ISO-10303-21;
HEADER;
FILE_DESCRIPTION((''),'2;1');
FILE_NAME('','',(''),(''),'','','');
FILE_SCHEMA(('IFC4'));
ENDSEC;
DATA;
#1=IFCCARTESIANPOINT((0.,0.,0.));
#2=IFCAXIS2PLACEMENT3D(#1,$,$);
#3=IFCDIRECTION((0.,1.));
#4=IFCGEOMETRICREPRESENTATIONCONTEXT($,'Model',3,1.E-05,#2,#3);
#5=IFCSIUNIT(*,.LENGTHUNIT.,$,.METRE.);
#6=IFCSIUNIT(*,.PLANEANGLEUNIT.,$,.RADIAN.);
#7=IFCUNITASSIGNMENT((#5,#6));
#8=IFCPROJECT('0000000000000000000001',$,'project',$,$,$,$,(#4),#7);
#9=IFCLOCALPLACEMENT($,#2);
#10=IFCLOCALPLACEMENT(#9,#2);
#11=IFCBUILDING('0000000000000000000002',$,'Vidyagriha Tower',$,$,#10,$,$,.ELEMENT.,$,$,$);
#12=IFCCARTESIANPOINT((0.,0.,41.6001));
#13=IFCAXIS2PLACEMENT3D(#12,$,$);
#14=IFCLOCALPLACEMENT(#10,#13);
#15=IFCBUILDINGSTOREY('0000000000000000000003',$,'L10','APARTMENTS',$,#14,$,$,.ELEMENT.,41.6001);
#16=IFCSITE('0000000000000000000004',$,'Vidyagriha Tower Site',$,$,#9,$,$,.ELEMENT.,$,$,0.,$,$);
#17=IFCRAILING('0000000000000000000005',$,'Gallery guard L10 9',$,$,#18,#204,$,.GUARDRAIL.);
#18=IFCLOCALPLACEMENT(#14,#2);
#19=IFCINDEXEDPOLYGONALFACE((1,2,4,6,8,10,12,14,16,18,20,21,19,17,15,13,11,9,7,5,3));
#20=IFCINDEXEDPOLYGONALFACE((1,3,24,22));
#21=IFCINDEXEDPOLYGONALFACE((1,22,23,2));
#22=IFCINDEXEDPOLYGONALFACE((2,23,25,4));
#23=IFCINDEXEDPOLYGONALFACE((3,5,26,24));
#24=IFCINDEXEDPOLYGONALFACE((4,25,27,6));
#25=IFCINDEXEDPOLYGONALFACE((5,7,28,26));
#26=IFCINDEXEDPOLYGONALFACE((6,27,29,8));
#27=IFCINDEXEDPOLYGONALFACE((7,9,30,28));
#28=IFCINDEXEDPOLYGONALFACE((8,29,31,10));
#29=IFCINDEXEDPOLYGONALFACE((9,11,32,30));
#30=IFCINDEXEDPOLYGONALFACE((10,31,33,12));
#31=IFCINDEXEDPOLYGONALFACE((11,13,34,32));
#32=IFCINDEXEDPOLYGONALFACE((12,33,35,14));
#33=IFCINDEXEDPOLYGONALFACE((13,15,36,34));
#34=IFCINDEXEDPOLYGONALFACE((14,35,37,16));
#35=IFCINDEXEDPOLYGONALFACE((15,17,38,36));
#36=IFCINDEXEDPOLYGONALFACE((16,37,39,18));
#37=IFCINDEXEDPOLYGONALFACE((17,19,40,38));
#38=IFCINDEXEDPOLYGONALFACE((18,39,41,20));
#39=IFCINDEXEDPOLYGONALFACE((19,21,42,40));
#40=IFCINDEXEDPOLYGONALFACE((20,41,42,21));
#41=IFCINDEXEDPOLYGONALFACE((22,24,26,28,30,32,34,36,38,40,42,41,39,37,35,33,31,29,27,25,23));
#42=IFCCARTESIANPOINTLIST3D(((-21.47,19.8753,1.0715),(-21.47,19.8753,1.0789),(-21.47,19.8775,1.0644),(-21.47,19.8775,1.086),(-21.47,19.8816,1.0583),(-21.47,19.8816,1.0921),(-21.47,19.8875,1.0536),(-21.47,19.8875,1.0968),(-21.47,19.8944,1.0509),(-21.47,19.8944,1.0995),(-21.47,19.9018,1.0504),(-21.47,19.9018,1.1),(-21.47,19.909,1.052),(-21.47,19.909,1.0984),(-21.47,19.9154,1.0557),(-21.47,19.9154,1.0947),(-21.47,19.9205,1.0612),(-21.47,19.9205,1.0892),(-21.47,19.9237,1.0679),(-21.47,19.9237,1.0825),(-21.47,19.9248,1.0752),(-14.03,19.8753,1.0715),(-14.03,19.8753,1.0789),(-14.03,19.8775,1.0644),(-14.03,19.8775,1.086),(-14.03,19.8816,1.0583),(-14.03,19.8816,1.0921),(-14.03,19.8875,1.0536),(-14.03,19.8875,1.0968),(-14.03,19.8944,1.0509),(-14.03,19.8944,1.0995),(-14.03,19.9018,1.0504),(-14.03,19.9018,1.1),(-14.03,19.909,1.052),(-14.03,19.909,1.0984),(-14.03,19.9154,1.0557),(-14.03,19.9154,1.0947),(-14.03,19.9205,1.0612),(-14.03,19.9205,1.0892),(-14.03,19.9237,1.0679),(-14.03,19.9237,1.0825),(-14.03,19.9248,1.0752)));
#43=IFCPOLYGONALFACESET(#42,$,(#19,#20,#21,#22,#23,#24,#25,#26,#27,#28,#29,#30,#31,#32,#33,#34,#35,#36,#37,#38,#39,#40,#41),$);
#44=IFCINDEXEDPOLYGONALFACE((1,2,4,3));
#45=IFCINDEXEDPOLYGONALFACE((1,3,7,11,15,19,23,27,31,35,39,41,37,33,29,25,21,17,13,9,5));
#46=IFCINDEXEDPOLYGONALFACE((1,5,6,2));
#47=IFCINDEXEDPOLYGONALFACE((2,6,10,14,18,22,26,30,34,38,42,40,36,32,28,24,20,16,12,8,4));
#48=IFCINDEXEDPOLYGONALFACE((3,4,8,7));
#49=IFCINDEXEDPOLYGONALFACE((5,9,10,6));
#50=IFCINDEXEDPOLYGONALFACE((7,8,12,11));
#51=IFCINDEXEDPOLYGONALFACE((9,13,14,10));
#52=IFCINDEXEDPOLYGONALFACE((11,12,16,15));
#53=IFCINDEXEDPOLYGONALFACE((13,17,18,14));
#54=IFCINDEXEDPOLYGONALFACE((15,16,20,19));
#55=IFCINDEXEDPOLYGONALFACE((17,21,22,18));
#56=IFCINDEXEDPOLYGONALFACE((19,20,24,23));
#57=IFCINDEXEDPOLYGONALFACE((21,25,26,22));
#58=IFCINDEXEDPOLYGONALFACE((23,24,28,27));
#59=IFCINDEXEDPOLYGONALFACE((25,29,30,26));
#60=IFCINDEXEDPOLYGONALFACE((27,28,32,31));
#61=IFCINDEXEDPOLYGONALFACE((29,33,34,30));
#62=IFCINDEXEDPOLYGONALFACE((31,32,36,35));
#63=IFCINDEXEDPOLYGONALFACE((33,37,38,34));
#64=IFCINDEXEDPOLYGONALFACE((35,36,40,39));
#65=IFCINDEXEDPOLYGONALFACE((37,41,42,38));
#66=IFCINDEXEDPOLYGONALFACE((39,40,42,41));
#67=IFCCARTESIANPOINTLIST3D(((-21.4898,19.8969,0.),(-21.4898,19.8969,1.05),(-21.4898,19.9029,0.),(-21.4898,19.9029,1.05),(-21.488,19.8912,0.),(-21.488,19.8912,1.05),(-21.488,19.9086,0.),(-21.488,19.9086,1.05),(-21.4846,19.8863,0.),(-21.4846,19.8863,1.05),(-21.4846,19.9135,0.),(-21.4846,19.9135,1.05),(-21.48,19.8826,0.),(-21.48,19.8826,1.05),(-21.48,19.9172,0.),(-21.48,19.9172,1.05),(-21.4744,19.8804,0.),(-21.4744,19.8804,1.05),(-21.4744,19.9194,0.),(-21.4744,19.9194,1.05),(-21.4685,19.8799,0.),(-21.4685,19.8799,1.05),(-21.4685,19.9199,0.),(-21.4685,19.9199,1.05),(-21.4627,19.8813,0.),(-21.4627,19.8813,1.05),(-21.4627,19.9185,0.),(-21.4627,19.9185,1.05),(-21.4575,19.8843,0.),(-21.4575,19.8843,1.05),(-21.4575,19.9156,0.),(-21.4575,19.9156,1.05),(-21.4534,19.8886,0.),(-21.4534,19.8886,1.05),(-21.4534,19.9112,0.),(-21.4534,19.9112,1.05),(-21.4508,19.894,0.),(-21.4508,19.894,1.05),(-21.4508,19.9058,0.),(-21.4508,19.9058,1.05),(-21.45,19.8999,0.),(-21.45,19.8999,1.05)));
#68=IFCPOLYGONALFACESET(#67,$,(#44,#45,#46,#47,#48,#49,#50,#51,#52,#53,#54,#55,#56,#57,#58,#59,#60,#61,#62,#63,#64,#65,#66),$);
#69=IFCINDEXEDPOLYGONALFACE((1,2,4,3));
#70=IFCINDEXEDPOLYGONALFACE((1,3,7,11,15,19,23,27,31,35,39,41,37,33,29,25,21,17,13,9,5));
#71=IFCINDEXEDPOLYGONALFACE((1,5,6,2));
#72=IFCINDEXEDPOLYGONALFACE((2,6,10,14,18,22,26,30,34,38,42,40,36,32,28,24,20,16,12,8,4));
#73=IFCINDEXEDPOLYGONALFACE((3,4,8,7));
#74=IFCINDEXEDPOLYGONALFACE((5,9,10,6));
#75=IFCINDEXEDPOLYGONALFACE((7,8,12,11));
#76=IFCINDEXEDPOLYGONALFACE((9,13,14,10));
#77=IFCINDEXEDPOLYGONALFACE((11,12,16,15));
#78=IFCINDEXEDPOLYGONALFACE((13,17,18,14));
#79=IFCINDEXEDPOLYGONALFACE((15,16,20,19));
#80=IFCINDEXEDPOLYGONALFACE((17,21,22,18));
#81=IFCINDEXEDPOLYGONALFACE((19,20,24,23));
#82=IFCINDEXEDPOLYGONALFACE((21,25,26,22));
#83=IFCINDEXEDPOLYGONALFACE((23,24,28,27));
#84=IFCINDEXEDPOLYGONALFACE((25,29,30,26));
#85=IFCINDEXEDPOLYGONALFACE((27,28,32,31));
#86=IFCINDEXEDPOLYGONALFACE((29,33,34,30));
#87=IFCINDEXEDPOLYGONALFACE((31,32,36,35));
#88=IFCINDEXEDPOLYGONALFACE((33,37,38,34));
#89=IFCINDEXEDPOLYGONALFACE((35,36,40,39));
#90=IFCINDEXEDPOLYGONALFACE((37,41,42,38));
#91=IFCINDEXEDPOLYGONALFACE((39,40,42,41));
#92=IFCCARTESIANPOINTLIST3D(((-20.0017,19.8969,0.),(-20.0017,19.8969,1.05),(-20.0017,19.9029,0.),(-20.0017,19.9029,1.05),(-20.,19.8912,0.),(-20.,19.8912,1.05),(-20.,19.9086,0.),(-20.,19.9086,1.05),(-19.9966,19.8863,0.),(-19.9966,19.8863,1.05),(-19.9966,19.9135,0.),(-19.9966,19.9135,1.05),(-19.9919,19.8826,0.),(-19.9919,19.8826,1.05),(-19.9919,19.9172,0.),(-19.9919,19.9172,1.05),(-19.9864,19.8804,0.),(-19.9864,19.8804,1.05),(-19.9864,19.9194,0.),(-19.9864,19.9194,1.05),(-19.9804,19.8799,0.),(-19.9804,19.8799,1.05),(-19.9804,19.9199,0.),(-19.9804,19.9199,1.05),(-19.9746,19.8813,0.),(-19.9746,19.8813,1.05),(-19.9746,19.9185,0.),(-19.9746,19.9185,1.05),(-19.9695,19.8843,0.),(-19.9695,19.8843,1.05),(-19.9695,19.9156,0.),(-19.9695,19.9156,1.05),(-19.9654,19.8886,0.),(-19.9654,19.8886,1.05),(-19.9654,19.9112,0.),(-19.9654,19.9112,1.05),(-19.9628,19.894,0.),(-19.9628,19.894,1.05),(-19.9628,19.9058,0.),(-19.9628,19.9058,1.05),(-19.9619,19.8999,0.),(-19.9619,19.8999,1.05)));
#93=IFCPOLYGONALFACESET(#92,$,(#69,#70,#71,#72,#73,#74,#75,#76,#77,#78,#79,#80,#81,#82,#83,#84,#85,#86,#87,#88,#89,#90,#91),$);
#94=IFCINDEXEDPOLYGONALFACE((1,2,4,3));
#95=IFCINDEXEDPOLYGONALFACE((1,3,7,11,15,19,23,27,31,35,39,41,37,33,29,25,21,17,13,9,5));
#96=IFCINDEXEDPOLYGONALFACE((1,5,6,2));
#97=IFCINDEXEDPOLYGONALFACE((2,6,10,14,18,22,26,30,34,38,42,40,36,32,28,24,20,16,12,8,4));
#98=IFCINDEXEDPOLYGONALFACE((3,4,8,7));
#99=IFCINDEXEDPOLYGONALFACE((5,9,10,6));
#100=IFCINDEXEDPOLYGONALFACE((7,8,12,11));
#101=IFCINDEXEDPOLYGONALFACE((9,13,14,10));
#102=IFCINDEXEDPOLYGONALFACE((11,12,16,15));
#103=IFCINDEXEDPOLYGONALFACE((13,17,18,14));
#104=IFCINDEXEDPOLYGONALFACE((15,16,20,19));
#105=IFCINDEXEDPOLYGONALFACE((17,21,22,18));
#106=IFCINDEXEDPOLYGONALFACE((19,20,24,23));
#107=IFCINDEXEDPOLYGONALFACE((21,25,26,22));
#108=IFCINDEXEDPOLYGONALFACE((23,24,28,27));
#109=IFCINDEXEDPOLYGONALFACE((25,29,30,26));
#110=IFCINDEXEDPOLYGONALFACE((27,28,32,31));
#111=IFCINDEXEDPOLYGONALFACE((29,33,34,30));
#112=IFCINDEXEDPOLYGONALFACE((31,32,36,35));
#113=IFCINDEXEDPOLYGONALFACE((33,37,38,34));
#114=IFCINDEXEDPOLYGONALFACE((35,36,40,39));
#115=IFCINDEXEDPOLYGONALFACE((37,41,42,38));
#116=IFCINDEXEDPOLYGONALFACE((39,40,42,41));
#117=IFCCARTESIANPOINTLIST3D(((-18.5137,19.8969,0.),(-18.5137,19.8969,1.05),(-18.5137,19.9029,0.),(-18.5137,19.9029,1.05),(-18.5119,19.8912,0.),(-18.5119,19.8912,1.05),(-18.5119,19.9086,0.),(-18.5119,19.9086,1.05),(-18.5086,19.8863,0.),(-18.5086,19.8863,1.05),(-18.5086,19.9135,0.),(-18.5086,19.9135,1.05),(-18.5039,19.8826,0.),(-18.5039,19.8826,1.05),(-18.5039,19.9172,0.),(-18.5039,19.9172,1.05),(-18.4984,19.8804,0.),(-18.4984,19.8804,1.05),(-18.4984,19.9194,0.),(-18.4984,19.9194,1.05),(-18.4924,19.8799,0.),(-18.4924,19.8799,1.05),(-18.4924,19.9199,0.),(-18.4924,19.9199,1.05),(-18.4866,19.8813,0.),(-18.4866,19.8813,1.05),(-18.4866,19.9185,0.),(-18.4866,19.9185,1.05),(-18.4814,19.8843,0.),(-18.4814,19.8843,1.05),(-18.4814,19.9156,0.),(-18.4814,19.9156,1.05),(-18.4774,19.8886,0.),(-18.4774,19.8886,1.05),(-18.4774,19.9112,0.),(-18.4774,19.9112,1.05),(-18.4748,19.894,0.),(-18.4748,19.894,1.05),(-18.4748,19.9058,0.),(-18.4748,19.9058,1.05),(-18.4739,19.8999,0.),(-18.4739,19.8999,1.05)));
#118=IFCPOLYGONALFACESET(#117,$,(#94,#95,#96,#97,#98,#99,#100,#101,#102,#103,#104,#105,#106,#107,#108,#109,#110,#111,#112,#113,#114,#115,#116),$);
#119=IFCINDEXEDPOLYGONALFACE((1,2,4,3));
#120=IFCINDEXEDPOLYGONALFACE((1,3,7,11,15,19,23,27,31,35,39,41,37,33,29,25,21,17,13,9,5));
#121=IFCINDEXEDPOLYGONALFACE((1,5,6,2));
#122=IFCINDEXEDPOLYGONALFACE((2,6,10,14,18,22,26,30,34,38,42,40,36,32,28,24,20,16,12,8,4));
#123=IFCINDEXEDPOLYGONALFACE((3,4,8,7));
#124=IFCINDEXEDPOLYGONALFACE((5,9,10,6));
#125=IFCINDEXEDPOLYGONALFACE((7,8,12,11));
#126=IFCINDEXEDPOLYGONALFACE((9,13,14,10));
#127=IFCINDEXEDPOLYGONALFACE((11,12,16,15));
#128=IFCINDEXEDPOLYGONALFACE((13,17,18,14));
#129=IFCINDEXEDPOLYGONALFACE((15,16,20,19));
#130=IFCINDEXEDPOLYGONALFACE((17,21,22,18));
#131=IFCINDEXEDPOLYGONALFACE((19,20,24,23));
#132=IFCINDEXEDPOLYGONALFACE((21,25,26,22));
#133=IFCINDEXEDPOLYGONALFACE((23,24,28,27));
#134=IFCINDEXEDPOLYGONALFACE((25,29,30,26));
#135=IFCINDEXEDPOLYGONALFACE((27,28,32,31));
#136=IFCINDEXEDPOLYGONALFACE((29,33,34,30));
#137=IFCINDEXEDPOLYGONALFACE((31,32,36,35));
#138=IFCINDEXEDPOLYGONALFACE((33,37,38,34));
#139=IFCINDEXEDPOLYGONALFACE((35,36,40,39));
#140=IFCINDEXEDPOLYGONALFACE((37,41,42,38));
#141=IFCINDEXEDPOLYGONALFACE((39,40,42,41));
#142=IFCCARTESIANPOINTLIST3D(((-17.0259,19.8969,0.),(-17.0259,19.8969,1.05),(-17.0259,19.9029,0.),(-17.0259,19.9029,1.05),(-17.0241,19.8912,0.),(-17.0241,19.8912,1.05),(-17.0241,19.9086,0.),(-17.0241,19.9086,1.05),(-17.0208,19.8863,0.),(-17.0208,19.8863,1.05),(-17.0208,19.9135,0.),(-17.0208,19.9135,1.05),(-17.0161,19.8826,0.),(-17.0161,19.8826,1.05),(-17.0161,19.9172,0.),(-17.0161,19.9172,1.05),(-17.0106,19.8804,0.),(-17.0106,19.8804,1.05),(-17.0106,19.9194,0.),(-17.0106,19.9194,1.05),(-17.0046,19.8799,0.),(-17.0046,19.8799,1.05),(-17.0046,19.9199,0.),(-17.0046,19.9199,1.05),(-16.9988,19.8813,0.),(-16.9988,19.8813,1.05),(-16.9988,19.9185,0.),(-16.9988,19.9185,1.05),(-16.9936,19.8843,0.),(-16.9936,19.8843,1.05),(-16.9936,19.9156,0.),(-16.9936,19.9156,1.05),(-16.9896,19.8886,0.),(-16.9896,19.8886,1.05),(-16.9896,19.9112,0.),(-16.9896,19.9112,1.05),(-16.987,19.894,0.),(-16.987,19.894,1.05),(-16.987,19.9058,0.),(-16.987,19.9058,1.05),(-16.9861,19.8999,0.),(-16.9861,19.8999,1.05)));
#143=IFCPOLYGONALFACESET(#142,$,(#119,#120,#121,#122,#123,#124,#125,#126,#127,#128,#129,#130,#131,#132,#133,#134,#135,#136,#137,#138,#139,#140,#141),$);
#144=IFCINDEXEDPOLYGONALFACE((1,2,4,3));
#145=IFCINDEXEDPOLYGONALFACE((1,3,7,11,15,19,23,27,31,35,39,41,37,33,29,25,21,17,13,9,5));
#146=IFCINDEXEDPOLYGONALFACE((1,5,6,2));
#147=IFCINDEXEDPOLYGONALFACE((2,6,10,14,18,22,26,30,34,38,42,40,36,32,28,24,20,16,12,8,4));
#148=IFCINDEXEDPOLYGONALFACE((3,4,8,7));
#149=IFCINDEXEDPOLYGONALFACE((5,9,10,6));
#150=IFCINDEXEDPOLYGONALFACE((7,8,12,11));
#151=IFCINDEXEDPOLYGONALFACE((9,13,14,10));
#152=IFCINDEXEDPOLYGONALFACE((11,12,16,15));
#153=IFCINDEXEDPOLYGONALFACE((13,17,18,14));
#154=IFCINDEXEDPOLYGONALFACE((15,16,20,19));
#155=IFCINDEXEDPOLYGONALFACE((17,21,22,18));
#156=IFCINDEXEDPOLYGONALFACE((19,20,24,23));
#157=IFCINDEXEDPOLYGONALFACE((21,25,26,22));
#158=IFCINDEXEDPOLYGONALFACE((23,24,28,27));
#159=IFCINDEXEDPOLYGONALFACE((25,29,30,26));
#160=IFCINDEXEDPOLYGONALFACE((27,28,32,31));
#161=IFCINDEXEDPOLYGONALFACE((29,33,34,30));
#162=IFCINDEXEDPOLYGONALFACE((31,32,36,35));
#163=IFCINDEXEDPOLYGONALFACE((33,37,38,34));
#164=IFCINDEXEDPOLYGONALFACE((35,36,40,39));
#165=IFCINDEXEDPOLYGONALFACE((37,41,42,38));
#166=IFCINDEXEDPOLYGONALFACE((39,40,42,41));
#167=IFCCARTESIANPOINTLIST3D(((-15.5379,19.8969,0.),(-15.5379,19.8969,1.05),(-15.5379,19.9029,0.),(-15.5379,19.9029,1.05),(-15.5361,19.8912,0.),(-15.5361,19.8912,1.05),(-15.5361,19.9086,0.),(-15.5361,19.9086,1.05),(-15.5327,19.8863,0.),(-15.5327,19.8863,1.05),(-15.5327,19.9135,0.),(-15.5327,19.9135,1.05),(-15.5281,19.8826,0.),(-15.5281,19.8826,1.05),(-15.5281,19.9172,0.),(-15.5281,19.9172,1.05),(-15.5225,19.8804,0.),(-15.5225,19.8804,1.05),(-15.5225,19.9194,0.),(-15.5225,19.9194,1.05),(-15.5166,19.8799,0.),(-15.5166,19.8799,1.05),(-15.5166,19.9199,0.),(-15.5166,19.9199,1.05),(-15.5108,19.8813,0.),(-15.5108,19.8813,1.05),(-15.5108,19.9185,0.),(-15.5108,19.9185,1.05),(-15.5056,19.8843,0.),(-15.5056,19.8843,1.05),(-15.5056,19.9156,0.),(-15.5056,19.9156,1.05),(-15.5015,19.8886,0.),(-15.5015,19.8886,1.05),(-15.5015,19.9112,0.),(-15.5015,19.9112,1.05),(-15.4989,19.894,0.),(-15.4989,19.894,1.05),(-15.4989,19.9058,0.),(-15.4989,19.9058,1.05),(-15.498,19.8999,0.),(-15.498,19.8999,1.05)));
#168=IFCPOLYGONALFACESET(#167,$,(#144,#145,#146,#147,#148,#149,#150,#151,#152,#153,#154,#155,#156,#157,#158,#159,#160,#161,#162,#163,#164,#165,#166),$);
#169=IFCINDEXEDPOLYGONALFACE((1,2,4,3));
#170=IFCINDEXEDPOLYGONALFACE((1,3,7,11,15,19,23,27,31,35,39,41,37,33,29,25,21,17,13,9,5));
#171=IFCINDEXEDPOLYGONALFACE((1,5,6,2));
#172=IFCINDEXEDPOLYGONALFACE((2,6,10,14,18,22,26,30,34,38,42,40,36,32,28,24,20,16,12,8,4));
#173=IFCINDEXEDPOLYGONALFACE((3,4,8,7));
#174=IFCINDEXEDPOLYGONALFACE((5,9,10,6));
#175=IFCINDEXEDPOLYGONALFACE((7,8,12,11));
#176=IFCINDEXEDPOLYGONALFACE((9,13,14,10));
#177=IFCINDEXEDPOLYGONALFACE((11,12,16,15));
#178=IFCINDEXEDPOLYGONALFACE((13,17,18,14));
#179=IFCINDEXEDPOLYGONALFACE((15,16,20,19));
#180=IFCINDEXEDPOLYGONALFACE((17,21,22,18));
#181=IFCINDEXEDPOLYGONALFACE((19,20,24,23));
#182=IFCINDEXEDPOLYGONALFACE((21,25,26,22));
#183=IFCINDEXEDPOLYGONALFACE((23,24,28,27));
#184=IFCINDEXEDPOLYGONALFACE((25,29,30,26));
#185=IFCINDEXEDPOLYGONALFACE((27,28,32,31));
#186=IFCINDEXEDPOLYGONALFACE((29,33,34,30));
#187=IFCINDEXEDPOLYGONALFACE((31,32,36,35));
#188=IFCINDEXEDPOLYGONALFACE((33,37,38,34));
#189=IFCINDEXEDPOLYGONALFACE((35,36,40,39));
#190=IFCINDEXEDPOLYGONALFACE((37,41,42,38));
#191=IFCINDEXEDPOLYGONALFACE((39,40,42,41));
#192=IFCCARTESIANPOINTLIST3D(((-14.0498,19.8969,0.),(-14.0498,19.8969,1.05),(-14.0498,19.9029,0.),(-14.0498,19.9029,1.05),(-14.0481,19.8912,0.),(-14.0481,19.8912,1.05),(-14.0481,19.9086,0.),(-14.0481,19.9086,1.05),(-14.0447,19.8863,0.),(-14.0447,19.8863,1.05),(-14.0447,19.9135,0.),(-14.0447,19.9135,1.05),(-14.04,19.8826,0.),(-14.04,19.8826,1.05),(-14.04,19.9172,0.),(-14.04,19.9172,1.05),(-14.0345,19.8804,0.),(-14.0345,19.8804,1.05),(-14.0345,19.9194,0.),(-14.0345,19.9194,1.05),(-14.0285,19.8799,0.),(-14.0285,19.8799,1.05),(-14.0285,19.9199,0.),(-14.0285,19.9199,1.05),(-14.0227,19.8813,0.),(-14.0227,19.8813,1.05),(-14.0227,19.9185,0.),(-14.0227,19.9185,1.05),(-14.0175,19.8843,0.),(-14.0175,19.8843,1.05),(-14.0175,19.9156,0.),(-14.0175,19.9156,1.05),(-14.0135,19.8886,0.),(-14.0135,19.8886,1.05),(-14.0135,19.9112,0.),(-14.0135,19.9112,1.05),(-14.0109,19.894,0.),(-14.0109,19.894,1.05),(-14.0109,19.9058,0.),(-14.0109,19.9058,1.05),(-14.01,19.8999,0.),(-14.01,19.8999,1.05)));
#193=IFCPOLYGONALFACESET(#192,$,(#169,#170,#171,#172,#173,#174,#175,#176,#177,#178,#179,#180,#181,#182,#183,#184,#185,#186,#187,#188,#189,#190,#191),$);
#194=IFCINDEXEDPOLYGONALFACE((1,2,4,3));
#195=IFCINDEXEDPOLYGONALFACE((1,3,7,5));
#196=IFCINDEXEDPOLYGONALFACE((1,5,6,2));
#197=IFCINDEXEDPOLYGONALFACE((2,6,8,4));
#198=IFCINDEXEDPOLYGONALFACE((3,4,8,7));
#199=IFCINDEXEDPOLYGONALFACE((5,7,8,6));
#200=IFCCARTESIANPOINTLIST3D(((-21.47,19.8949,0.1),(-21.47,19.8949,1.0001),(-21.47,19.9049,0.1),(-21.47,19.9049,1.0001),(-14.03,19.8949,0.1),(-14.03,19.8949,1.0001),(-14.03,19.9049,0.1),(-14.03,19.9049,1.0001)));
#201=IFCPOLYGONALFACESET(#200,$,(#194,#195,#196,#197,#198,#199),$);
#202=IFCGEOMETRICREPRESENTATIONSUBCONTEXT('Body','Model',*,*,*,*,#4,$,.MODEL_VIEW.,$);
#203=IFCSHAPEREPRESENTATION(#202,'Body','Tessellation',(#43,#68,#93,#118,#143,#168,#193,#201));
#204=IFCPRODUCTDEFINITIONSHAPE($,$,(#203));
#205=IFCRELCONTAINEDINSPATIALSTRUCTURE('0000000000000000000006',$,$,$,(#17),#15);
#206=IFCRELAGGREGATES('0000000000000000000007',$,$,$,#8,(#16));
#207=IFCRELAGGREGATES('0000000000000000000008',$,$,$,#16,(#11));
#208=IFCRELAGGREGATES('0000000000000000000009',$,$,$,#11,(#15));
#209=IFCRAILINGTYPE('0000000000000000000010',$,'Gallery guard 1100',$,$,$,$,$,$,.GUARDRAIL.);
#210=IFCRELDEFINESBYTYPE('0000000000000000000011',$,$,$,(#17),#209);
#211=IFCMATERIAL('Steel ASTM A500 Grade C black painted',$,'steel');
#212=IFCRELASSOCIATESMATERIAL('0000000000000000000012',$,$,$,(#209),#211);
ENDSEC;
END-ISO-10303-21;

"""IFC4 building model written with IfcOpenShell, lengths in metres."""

from ifc_helpers import new_model, si_unit, direction, frame, origin, origin_2d, place, context, subcontext, project, spatial, rectangle, circle, extrude, material, type_object, element, save


model = new_model("IFC4")

# Units and contexts
model_context = context("Model", 3, precision=1e-05, world=origin(), true_north=direction((0.0, 1.0)))
body_context = subcontext(model_context, "Body", "Model", "MODEL_VIEW")
ifc_project = project(units=[si_unit("LENGTHUNIT", "METRE"), si_unit("PLANEANGLEUNIT", "RADIAN")], contexts=[model_context])

# Site, building, storey
site_placement = place(None, origin())
site = spatial("IfcSite", under=ifc_project, at=site_placement, Name="Vidyagriha Tower Site", CompositionType="ELEMENT", RefElevation=0.0)
building_placement = place(site_placement, origin())
building = spatial("IfcBuilding", under=site, at=building_placement, Name="Vidyagriha Tower", CompositionType="ELEMENT")
storey_placement = place(building_placement, frame((0.0, 0.0, 41.6001)))
storey = spatial("IfcBuildingStorey", under=building, at=storey_placement, Name="L10", Description="APARTMENTS", CompositionType="ELEMENT", Elevation=41.6001)

# Railing
ifc_material_1 = material(Name="Steel ASTM A500 Grade C black painted", Category="steel")
railing_type = type_object("IfcRailingType", Name="Gallery guard 1100", PredefinedType="GUARDRAIL", material=ifc_material_1)
railing_placement = place(storey_placement, frame((-21.47, 19.8999, 0.0)))
element("IfcRailing", 1, at=railing_placement, inside=storey, type_object=railing_type, Name="Gallery guard L10 9", PredefinedType="GUARDRAIL", context=body_context, shape_type="SweptSolid", body=[
    extrude(circle(Radius=0.0249, at=origin_2d()), frame((0.0, 0.0, 1.0752), z_axis=(1.0, 0.0, 0.0), x_axis=(0.0, 1.0, 0.0)), (0.0, 0.0, 1.0), 7.4399),
    extrude(circle(Radius=0.02, at=origin_2d()), origin(), (0.0, 0.0, 1.0), 1.05),
    extrude(circle(Radius=0.02, at=origin_2d()), frame((1.488, 0.0, 0.0)), (0.0, 0.0, 1.0), 1.05),
    extrude(circle(Radius=0.02, at=origin_2d()), frame((2.9761, 0.0, 0.0)), (0.0, 0.0, 1.0), 1.05),
    extrude(circle(Radius=0.02, at=origin_2d()), frame((4.4639, 0.0, 0.0)), (0.0, 0.0, 1.0), 1.05),
    extrude(circle(Radius=0.02, at=origin_2d()), frame((5.9519, 0.0, 0.0)), (0.0, 0.0, 1.0), 1.05),
    extrude(circle(Radius=0.02, at=origin_2d()), frame((7.4399, 0.0, 0.0)), (0.0, 0.0, 1.0), 1.05),
    extrude(rectangle(XDim=0.01, YDim=0.9001, at=origin_2d()), frame((0.0, 0.0, 0.55), z_axis=(1.0, 0.0, 0.0), x_axis=(0.0, 1.0, 0.0)), (0.0, 0.0, 1.0), 7.4399),
])

save(model, "model.ifc")
